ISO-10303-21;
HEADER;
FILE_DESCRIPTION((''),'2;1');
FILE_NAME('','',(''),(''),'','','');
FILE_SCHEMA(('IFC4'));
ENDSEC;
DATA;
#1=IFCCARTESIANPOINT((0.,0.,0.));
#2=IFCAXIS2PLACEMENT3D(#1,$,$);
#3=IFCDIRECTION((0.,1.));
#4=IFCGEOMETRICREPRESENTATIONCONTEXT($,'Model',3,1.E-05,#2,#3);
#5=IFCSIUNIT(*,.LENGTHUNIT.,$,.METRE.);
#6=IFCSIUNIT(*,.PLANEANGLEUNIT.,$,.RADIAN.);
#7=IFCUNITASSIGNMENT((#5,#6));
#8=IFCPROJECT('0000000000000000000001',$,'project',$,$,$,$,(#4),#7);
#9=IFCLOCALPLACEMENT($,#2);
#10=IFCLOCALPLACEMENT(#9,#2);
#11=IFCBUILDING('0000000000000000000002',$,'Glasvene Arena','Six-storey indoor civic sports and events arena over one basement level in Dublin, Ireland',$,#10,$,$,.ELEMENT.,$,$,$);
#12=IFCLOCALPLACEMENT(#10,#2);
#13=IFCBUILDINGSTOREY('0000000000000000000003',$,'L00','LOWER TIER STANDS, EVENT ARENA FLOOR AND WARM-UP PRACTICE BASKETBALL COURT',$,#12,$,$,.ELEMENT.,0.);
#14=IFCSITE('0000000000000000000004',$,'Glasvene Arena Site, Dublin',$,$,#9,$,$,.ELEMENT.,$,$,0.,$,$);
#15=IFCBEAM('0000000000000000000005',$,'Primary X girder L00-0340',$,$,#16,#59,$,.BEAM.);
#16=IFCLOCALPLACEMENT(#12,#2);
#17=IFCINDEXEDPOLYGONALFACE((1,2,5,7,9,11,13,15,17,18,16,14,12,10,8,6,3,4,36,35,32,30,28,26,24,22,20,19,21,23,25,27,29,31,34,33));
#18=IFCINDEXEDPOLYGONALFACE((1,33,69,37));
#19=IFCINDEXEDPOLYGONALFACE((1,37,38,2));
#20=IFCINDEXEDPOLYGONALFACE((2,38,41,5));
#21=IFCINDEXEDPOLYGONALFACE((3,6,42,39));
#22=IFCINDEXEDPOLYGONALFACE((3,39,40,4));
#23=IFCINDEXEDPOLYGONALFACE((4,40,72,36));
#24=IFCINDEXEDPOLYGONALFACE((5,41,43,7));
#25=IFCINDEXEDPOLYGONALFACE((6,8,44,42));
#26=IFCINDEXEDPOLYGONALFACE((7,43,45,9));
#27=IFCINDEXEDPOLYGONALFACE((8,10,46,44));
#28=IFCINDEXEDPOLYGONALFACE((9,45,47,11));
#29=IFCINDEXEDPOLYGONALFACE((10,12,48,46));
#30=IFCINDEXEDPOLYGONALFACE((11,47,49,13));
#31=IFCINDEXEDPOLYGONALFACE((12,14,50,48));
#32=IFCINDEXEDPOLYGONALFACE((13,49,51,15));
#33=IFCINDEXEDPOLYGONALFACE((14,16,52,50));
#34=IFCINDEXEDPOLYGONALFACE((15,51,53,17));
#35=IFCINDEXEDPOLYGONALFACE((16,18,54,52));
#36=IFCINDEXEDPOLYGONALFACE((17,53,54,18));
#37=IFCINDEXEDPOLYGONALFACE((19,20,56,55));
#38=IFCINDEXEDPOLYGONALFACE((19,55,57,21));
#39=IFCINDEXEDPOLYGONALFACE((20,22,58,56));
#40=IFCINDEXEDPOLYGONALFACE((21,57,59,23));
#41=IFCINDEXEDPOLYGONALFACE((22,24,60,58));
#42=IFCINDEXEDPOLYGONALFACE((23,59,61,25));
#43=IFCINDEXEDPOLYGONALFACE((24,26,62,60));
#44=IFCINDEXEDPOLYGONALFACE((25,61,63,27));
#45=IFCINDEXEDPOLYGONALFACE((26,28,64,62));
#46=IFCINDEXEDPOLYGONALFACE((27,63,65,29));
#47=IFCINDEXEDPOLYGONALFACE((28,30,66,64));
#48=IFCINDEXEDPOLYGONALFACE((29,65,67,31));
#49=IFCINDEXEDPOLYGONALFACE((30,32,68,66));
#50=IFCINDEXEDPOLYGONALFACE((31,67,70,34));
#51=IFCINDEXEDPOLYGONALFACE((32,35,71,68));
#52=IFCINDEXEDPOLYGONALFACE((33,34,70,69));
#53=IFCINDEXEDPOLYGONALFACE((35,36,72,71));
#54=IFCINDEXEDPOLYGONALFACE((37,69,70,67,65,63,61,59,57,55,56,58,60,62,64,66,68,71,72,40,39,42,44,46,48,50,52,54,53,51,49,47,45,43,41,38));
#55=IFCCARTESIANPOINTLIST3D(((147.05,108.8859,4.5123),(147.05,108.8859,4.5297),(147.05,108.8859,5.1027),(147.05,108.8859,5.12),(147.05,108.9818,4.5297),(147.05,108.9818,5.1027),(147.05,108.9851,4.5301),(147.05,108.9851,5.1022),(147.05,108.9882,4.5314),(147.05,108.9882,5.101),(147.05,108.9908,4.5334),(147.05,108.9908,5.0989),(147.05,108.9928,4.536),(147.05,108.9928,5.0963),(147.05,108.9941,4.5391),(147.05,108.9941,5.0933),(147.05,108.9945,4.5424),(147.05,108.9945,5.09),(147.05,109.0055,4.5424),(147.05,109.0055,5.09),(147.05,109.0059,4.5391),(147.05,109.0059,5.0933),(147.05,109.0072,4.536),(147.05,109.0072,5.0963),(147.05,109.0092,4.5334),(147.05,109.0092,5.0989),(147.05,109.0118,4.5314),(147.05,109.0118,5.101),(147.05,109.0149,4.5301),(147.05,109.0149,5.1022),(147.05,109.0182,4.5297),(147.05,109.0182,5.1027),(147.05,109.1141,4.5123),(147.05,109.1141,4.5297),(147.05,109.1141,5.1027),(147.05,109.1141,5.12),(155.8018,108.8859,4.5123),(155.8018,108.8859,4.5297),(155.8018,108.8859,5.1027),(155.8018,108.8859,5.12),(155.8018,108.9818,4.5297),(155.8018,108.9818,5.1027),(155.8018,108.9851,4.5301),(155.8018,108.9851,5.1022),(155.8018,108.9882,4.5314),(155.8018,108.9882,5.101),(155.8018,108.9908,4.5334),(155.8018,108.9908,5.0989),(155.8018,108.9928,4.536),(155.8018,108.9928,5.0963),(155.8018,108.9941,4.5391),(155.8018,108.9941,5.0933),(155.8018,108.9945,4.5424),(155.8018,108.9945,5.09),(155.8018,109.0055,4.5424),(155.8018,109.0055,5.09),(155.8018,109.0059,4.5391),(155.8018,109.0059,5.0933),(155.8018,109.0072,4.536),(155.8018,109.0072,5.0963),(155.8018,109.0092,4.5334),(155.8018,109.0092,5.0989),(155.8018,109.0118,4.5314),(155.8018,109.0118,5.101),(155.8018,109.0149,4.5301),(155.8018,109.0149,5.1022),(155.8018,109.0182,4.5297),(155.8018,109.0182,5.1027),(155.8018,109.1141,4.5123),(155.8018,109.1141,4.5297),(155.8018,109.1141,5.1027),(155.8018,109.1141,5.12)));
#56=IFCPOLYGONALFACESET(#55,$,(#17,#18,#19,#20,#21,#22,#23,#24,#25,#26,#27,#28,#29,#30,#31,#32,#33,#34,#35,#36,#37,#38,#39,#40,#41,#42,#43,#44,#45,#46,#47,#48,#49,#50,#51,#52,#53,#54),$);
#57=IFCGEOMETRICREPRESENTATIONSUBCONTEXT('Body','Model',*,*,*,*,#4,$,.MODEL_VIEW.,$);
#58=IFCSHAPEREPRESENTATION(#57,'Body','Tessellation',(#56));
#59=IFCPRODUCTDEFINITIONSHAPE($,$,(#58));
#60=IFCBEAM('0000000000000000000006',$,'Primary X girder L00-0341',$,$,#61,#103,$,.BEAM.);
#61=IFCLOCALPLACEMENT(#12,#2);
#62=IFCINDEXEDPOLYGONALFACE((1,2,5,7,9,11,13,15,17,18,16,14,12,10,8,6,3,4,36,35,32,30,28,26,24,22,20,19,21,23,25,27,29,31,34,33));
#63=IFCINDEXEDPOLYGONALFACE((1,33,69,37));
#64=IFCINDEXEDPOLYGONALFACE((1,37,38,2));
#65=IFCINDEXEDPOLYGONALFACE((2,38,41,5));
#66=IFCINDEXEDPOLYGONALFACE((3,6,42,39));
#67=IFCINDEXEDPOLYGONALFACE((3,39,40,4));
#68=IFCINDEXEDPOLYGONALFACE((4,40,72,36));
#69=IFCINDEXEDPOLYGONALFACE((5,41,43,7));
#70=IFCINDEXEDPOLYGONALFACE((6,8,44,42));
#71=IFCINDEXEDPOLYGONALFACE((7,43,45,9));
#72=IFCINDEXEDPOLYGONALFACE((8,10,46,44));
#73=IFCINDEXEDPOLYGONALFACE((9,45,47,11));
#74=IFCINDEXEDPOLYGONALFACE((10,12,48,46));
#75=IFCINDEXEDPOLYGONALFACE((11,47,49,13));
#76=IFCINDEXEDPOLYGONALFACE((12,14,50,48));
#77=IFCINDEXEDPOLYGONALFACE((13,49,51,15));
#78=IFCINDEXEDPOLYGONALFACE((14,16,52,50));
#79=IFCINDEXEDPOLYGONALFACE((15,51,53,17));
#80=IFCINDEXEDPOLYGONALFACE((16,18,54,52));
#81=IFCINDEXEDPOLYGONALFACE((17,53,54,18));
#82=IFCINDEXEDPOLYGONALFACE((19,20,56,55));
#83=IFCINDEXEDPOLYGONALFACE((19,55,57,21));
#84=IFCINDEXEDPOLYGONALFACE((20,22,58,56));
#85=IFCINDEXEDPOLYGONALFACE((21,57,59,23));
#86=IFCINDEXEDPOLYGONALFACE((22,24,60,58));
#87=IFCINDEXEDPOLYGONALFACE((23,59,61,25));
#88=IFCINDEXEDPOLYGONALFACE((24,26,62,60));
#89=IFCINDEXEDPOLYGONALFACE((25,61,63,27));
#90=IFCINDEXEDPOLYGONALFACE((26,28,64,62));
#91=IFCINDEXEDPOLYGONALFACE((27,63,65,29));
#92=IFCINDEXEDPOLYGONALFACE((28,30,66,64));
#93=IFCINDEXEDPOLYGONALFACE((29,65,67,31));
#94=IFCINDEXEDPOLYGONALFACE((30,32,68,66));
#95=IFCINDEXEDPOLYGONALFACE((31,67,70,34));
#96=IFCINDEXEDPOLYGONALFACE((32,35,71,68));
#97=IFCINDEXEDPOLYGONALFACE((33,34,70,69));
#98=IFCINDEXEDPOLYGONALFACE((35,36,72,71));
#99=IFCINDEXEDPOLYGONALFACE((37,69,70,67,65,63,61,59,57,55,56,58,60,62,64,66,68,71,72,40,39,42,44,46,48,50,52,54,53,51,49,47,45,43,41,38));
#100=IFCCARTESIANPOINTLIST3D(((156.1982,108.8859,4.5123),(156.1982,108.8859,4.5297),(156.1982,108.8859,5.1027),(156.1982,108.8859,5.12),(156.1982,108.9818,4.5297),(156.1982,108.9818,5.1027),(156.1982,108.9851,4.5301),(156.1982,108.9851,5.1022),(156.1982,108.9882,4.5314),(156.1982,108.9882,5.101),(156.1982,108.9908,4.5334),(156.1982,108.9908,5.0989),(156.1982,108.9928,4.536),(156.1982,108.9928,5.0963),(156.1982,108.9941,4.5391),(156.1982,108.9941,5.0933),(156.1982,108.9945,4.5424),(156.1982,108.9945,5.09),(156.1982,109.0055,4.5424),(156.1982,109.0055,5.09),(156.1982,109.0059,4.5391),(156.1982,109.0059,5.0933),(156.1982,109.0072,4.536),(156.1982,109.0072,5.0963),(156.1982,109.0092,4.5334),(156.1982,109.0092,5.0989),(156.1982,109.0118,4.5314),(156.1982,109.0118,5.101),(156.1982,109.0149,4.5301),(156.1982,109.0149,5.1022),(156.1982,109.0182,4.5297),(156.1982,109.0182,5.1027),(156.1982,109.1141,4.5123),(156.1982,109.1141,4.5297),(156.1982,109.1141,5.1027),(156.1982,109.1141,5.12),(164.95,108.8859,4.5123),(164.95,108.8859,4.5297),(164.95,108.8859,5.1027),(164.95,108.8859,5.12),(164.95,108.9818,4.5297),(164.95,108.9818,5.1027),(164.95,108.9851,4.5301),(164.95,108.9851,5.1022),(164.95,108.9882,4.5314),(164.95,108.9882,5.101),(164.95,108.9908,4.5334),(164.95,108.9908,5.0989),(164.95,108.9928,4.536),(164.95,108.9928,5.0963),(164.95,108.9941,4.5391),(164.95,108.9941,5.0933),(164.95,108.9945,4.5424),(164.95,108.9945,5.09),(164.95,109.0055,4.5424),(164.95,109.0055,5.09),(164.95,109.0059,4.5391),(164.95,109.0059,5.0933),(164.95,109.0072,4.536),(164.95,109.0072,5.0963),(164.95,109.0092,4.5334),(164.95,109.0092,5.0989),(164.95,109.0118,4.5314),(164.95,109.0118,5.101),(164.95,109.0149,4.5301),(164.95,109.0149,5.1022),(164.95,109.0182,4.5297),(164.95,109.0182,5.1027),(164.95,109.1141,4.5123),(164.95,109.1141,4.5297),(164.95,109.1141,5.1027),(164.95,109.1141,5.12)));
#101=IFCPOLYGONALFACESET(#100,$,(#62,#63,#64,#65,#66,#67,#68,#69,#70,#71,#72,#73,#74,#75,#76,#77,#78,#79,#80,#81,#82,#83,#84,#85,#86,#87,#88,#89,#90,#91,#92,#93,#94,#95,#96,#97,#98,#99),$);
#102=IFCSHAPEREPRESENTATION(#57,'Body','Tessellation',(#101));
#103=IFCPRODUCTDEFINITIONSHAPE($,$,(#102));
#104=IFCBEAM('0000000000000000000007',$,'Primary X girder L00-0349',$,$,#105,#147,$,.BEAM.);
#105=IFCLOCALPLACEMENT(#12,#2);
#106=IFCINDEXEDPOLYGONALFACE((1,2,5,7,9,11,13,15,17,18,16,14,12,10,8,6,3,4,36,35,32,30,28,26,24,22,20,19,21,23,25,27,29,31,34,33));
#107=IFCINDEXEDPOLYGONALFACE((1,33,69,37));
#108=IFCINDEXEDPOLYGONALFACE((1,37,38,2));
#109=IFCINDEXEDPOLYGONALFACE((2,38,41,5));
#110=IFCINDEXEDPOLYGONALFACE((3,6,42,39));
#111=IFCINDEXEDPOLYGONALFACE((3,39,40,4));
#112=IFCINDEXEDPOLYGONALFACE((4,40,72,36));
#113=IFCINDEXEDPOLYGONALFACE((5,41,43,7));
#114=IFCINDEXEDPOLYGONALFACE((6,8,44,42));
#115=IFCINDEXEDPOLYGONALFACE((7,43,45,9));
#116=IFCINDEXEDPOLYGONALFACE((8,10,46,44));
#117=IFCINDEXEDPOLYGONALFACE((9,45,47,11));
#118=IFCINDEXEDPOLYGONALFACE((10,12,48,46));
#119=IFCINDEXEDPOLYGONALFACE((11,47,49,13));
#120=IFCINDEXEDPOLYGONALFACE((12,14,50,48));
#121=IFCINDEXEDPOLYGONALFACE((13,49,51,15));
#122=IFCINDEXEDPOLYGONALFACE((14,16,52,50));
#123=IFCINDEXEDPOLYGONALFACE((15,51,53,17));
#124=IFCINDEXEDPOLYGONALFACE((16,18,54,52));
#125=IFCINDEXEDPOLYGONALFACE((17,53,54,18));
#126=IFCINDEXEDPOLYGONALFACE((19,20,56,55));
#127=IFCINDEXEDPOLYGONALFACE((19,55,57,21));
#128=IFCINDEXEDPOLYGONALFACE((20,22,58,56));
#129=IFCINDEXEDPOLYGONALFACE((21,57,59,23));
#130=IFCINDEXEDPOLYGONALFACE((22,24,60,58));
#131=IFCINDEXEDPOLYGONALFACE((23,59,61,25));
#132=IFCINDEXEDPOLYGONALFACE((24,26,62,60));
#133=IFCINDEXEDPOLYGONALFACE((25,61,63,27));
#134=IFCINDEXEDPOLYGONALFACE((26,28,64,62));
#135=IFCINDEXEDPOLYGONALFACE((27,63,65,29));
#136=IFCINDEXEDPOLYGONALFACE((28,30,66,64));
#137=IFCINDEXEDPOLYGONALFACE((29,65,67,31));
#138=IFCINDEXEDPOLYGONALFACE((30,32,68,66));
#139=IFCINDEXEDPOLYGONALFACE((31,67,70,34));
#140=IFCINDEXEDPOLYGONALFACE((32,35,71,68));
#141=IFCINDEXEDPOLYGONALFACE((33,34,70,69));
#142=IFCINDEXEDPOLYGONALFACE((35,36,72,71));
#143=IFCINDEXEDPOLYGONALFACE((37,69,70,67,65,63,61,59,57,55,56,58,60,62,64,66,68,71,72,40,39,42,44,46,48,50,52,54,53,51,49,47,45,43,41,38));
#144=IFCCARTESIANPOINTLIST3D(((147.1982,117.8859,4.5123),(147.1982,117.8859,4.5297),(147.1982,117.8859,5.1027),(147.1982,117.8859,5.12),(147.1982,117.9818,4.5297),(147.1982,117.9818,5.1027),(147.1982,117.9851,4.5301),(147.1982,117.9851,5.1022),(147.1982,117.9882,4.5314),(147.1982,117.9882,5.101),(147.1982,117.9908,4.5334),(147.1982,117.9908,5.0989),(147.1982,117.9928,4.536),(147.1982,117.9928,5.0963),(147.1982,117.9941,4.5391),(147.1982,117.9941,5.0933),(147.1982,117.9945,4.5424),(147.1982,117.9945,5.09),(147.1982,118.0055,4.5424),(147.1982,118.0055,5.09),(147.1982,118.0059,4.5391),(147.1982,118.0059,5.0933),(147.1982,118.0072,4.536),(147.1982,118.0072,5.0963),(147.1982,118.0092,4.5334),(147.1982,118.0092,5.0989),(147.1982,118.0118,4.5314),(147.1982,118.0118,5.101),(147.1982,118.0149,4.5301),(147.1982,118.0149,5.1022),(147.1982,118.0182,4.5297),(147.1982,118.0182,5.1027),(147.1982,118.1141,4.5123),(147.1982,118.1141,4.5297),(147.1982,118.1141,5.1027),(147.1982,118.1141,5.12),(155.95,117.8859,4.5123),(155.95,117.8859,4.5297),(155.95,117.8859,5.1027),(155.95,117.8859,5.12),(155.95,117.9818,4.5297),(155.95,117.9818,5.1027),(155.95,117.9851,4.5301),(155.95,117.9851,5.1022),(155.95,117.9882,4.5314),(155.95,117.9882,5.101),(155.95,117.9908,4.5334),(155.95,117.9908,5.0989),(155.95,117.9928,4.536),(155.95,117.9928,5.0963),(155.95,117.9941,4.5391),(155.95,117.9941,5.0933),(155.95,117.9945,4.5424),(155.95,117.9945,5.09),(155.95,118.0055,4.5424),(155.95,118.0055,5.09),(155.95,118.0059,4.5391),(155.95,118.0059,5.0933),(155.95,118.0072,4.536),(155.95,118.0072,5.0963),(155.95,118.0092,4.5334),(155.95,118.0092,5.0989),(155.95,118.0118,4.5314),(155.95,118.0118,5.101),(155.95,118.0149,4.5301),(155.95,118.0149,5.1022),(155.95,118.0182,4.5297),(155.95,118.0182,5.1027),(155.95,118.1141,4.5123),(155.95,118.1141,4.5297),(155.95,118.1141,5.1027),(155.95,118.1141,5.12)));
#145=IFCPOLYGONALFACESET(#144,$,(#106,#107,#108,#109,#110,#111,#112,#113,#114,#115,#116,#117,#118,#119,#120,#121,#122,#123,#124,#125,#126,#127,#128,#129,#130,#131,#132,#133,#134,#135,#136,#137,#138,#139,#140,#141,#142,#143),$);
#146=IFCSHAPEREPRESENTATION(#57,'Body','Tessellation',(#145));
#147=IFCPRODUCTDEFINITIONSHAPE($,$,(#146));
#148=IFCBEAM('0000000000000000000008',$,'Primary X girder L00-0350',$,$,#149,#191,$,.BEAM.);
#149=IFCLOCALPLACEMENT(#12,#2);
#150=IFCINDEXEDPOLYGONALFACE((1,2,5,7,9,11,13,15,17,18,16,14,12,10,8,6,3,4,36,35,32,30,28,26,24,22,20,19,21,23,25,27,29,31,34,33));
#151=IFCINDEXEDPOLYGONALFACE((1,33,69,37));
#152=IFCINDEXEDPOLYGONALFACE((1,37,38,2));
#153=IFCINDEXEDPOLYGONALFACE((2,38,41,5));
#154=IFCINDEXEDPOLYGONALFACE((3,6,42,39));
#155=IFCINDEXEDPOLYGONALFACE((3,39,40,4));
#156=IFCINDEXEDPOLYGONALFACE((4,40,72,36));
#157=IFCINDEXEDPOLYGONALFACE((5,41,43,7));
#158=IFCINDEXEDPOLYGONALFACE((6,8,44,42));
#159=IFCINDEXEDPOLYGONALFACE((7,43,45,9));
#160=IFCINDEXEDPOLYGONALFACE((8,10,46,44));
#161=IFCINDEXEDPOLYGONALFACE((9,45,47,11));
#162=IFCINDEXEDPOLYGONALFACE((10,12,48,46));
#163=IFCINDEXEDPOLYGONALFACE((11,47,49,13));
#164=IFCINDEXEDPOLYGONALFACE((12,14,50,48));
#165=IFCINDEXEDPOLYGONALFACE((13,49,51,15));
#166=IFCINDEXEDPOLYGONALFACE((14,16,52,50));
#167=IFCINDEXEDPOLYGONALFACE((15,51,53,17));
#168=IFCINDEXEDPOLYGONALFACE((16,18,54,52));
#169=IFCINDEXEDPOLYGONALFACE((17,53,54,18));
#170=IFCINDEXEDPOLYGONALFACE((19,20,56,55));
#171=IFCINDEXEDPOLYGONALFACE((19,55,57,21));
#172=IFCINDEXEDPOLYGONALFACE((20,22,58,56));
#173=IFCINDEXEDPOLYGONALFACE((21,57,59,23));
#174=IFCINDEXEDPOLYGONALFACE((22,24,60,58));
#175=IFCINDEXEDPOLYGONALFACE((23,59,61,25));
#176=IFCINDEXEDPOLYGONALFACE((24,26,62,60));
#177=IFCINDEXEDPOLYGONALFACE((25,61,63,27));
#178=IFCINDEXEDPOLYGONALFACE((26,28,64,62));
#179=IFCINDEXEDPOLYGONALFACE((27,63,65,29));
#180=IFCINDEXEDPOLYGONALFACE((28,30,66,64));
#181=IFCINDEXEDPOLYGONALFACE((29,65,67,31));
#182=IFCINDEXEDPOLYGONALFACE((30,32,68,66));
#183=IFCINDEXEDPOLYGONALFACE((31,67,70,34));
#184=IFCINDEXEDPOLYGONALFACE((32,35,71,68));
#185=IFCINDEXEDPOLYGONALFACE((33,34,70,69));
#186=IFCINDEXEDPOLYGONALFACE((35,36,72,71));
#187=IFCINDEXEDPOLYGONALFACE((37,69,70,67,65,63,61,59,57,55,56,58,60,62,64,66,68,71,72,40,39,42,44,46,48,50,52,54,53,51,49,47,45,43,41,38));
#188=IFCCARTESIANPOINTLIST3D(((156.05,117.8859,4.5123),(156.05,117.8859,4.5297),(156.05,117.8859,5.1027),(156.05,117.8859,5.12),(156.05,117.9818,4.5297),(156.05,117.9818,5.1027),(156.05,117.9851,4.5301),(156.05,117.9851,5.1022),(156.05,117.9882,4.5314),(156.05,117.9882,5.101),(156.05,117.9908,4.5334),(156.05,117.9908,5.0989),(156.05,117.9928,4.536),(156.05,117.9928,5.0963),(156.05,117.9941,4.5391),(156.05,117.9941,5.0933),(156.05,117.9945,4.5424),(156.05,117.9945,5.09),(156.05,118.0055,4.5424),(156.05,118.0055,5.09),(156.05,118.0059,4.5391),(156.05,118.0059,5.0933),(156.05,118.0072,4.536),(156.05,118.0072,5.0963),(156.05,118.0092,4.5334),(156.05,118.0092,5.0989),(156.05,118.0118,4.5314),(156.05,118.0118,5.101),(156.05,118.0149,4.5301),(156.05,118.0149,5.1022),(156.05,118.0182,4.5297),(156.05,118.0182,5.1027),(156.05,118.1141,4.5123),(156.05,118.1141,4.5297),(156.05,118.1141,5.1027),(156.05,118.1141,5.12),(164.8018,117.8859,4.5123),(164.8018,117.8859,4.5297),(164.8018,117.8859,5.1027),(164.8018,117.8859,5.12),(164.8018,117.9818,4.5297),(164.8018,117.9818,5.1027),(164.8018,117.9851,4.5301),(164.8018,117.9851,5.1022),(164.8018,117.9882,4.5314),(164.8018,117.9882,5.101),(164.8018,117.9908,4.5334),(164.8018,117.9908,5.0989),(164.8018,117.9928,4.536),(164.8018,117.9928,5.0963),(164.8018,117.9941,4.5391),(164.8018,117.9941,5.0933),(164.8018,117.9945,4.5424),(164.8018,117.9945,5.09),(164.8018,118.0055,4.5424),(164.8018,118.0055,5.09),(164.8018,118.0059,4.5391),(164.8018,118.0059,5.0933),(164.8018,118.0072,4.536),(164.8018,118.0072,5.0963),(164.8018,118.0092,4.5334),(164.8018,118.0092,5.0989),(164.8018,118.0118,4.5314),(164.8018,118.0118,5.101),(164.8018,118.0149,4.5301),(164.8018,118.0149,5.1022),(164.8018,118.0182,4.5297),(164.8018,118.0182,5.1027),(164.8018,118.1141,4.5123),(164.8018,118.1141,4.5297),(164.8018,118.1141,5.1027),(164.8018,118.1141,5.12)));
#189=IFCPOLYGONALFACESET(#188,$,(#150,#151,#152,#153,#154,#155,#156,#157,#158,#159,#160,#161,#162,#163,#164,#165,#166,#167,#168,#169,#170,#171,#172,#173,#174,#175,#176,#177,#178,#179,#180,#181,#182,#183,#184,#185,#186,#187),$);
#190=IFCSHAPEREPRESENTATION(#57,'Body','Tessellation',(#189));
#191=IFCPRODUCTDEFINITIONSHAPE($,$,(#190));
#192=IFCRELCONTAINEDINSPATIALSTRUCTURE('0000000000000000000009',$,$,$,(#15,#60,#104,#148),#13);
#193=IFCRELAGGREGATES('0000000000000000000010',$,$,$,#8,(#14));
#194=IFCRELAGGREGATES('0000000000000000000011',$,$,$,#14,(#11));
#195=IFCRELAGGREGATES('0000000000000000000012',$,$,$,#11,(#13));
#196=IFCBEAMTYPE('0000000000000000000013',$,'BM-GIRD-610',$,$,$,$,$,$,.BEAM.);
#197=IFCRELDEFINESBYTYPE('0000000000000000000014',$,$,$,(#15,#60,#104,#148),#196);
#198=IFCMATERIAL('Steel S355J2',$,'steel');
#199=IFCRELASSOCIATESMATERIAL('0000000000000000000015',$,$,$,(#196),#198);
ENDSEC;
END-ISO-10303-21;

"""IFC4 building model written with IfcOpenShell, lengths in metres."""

from ifc_helpers import new_model, si_unit, direction, frame, origin, origin_2d, place, context, subcontext, project, spatial, i_section, extrude, material, material_profile, profile_set, type_object, element, save


model = new_model("IFC4")

# Units and contexts
model_context = context("Model", 3, precision=1e-05, world=origin(), true_north=direction((0.0, 1.0)))
body_context = subcontext(model_context, "Body", "Model", "MODEL_VIEW")
ifc_project = project(units=[si_unit("LENGTHUNIT", "METRE"), si_unit("PLANEANGLEUNIT", "RADIAN")], contexts=[model_context])

# Site, building, storey
site_placement = place(None, origin())
site = spatial("IfcSite", under=ifc_project, at=site_placement, Name="Glasvene Arena Site, Dublin", CompositionType="ELEMENT", RefElevation=0.0)
building_placement = place(site_placement, origin())
building = spatial("IfcBuilding", under=site, at=building_placement, Name="Glasvene Arena", Description="Six-storey indoor civic sports and events arena over one basement level in Dublin, Ireland", CompositionType="ELEMENT")
storey_placement = place(building_placement, origin())
storey = spatial("IfcBuildingStorey", under=building, at=storey_placement, Name="L00", Description="LOWER TIER STANDS, EVENT ARENA FLOOR AND WARM-UP PRACTICE BASKETBALL COURT", CompositionType="ELEMENT", Elevation=0.0)

# Shared definitions
ifc_material_1 = material(Name="Steel S355J2", Category="steel")

# Beams
ifc_material_profile_1 = material_profile(ifc_material_1, i_section(OverallWidth=0.2283, OverallDepth=0.6077, WebThickness=0.011, FlangeThickness=0.0173, FilletRadius=0.0127, at=origin_2d()), Name="UKB 610x229x113")
ifc_profile_set_1 = profile_set([ifc_material_profile_1], Name="Steel S355J2")
beam_type_1 = type_object("IfcBeamType", Name="BM-GIRD-610", PredefinedType="BEAM", material=ifc_profile_set_1)
for number, where, z_axis, x_axis, name in (
    (1, (147.05, 109.0, 4.8162), (1.0, 0.0, 0.0), (0.0, 1.0, 0.0), "Primary X girder L00-0340"),
    (2, (156.1982, 109.0, 4.8162), (1.0, 0.0, 0.0), (0.0, 1.0, 0.0), "Primary X girder L00-0341"),
    (3, (147.1982, 118.0, 4.8162), (1.0, 0.0, 0.0), (0.0, 1.0, 0.0), "Primary X girder L00-0349"),
    (4, (156.05, 118.0, 4.8162), (1.0, 0.0, 0.0), (0.0, 1.0, 0.0), "Primary X girder L00-0350"),
):
    element("IfcBeam", number, at=place(storey_placement, frame(where, z_axis=z_axis, x_axis=x_axis)), inside=storey, type_object=beam_type_1, Name=name, PredefinedType="BEAM", context=body_context, shape_type="SweptSolid", body=[
        extrude(i_section(OverallWidth=0.2283, OverallDepth=0.6077, WebThickness=0.011, FlangeThickness=0.0173, FilletRadius=0.0127, at=origin_2d()), origin(), (0.0, 0.0, 1.0), 8.7517),
    ])

save(model, "model.ifc")
